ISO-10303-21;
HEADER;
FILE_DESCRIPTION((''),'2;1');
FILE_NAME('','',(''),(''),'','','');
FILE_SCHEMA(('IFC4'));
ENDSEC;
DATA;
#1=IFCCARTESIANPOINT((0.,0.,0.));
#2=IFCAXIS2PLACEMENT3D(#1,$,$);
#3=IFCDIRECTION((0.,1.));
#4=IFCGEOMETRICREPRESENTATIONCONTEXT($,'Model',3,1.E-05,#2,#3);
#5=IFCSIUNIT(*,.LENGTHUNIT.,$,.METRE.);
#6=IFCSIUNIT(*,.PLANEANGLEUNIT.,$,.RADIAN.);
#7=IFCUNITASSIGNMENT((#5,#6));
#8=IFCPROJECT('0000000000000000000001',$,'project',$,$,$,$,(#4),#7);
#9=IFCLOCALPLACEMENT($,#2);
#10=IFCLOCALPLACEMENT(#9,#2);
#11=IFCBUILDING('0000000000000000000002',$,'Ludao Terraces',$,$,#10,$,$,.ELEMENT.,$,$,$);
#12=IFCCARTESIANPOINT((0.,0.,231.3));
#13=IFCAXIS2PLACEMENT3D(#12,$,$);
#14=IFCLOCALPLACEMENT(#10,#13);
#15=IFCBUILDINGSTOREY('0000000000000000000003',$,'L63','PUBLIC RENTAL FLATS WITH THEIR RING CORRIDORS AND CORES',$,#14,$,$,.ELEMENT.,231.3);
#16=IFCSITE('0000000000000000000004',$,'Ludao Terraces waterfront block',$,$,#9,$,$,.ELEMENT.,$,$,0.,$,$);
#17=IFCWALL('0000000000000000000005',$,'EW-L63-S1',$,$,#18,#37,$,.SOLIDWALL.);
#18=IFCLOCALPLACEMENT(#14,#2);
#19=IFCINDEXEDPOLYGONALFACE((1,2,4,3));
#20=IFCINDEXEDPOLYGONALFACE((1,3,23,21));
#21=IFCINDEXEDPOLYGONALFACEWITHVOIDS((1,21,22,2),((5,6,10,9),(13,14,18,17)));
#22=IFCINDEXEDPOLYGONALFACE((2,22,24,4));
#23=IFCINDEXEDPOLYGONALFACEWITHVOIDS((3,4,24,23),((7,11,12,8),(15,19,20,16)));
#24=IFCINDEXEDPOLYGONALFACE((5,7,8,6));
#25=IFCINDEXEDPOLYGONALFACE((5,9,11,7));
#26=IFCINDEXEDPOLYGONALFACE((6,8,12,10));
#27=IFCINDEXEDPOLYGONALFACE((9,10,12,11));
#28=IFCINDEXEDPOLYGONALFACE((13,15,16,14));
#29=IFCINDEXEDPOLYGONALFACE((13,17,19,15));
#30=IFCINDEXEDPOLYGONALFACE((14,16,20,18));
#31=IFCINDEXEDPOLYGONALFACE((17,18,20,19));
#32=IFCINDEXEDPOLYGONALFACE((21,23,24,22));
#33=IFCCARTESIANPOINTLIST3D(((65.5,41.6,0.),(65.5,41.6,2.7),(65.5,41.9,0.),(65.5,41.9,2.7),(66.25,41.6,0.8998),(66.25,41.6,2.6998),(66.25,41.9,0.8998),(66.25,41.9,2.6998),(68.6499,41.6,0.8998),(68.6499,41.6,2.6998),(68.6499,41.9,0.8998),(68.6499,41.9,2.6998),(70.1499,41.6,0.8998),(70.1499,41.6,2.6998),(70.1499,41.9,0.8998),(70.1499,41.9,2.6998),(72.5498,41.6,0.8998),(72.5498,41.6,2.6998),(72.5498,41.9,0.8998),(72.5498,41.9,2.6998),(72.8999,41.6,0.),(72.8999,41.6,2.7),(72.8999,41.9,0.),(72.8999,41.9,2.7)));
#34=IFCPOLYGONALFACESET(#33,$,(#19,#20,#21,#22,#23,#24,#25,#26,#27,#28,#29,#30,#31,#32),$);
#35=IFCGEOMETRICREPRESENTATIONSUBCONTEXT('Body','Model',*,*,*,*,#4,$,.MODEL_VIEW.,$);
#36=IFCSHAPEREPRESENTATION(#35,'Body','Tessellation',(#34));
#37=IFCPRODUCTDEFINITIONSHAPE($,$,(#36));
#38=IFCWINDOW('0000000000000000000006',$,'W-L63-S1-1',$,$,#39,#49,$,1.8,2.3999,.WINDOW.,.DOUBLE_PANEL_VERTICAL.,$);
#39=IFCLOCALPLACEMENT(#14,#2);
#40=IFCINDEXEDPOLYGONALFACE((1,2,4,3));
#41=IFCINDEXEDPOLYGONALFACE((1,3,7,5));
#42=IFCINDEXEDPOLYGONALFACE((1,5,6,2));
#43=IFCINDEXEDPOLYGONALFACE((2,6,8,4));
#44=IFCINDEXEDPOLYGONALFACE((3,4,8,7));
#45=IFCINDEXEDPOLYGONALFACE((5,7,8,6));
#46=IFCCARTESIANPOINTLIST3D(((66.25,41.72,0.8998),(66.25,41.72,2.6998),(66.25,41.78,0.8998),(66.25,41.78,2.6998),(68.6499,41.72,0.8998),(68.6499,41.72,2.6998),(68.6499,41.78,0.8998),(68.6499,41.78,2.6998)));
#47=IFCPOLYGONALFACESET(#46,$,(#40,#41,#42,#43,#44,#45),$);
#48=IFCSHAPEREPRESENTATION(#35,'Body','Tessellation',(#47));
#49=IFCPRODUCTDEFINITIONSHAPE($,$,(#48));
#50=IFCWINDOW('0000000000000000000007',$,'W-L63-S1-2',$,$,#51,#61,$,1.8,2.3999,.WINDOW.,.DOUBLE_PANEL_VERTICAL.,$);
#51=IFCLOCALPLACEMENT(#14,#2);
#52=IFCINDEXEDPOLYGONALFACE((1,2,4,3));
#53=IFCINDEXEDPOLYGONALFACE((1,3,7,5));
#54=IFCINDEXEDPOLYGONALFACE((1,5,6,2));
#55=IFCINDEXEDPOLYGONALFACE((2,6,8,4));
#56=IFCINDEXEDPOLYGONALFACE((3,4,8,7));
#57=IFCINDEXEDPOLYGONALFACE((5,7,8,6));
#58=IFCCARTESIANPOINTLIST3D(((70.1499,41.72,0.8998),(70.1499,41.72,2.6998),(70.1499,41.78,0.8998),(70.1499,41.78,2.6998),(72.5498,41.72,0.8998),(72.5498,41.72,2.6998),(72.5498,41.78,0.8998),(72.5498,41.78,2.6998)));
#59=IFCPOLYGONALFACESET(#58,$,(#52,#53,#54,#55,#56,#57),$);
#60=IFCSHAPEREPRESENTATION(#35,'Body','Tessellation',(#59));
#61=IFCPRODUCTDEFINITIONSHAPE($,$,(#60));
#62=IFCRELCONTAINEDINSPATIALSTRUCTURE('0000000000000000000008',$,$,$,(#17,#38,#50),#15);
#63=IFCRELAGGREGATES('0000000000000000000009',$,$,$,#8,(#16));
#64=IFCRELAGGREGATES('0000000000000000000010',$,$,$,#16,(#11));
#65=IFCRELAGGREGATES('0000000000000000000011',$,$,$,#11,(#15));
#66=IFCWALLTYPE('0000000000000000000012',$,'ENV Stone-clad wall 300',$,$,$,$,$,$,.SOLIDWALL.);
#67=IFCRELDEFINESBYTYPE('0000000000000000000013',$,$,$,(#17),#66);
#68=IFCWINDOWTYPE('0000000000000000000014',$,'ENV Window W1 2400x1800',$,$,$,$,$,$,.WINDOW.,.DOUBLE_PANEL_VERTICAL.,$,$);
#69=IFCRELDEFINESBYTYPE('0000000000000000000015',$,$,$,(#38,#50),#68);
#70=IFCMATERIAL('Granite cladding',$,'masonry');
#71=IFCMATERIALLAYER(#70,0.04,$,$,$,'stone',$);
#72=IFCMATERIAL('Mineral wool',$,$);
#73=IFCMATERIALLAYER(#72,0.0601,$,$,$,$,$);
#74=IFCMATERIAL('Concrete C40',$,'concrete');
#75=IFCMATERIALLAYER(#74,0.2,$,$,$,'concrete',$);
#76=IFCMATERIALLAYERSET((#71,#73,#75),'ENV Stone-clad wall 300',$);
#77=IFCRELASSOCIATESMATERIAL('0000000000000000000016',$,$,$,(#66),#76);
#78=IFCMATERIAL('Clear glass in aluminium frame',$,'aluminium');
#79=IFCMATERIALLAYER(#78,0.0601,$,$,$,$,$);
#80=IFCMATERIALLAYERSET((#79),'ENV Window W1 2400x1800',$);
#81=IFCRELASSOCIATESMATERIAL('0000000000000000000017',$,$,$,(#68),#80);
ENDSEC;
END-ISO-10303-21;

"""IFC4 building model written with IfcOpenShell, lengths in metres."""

from ifc_helpers import new_model, si_unit, direction, frame, frame_2d, origin, place, context, subcontext, project, spatial, rectangle, extrude, material, layer, layer_set, type_object, element, fill, save


model = new_model("IFC4")

# Units and contexts
model_context = context("Model", 3, precision=1e-05, world=origin(), true_north=direction((0.0, 1.0)))
body_context = subcontext(model_context, "Body", "Model", "MODEL_VIEW")
ifc_project = project(units=[si_unit("LENGTHUNIT", "METRE"), si_unit("PLANEANGLEUNIT", "RADIAN")], contexts=[model_context])

# Site, building, storey
site_placement = place(None, origin())
site = spatial("IfcSite", under=ifc_project, at=site_placement, Name="Ludao Terraces waterfront block", CompositionType="ELEMENT", RefElevation=0.0)
building_placement = place(site_placement, origin())
building = spatial("IfcBuilding", under=site, at=building_placement, Name="Ludao Terraces", CompositionType="ELEMENT")
storey_placement = place(building_placement, frame((0.0, 0.0, 231.3)))
storey = spatial("IfcBuildingStorey", under=building, at=storey_placement, Name="L63", Description="PUBLIC RENTAL FLATS WITH THEIR RING CORRIDORS AND CORES", CompositionType="ELEMENT", Elevation=231.3)

# Wall, openings, windows
ifc_material_1 = material(Name="Granite cladding", Category="masonry")
ifc_layer_1 = layer(ifc_material_1, 0.04, Category="stone")
ifc_material_2 = material(Name="Mineral wool")
ifc_layer_2 = layer(ifc_material_2, 0.0601)
ifc_material_3 = material(Name="Concrete C40", Category="concrete")
ifc_layer_3 = layer(ifc_material_3, 0.2, Category="concrete")
ifc_layer_set_1 = layer_set([ifc_layer_1, ifc_layer_2, ifc_layer_3], Name="ENV Stone-clad wall 300")
wall_type = type_object("IfcWallType", Name="ENV Stone-clad wall 300", PredefinedType="SOLIDWALL", material=ifc_layer_set_1)
wall_placement = place(storey_placement, frame((65.5, 41.75, 0.0), z_axis=(0.0, 0.0, 1.0), x_axis=(1.0, 0.0, 0.0)))
wall = element("IfcWall", 1, at=wall_placement, inside=storey, type_object=wall_type, Name="EW-L63-S1", PredefinedType="SOLIDWALL", context=body_context, shape_type="SweptSolid", body=[
    extrude(rectangle(XDim=7.3999, YDim=0.3, at=frame_2d((3.7, 0.0))), origin(), (0.0, 0.0, 1.0), 2.7),
])
opening_1_placement = place(wall_placement, frame((0.75, 0.0, 0.8999)))
opening_1 = element("IfcOpeningElement", 2, at=opening_1_placement, cuts=wall, PredefinedType="OPENING", context=body_context, shape_type="SweptSolid", body=[
    extrude(rectangle(XDim=2.3999, YDim=1.8, at=frame_2d((1.2, 0.8999))), frame((0.0, 0.1602, 0.0), z_axis=(0.0, -1.0, 0.0), x_axis=(1.0, 0.0, 0.0)), (0.0, 0.0, 1.0), 0.3201),
])
opening_2_placement = place(wall_placement, frame((4.6499, 0.0, 0.8999)))
opening_2 = element("IfcOpeningElement", 3, at=opening_2_placement, cuts=wall, PredefinedType="OPENING", context=body_context, shape_type="SweptSolid", body=[
    extrude(rectangle(XDim=2.3999, YDim=1.8, at=frame_2d((1.2, 0.8999))), frame((0.0, 0.1602, 0.0), z_axis=(0.0, -1.0, 0.0), x_axis=(1.0, 0.0, 0.0)), (0.0, 0.0, 1.0), 0.3201),
])
ifc_material_4 = material(Name="Clear glass in aluminium frame", Category="aluminium")
ifc_layer_4 = layer(ifc_material_4, 0.0601)
ifc_layer_set_2 = layer_set([ifc_layer_4], Name="ENV Window W1 2400x1800")
window_type = type_object("IfcWindowType", Name="ENV Window W1 2400x1800", PartitioningType="DOUBLE_PANEL_VERTICAL", PredefinedType="WINDOW", material=ifc_layer_set_2)
window_1_placement = place(opening_1_placement, origin())
window_1 = element("IfcWindow", 4, at=window_1_placement, inside=storey, type_object=window_type, Name="W-L63-S1-1", OverallHeight=1.8, OverallWidth=2.3999, PartitioningType="DOUBLE_PANEL_VERTICAL", PredefinedType="WINDOW", context=body_context, shape_type="SweptSolid", body=[
    extrude(rectangle(XDim=2.3999, YDim=1.8, at=frame_2d((1.2, 0.8999))), frame((0.0, 0.03, 0.0), z_axis=(0.0, -1.0, 0.0), x_axis=(1.0, 0.0, 0.0)), (0.0, 0.0, 1.0), 0.0601),
])
fill(opening_1, window_1)
window_2_placement = place(opening_2_placement, origin())
window_2 = element("IfcWindow", 5, at=window_2_placement, inside=storey, type_object=window_type, Name="W-L63-S1-2", OverallHeight=1.8, OverallWidth=2.3999, PartitioningType="DOUBLE_PANEL_VERTICAL", PredefinedType="WINDOW", context=body_context, shape_type="SweptSolid", body=[
    extrude(rectangle(XDim=2.3999, YDim=1.8, at=frame_2d((1.2, 0.8999))), frame((0.0, 0.03, 0.0), z_axis=(0.0, -1.0, 0.0), x_axis=(1.0, 0.0, 0.0)), (0.0, 0.0, 1.0), 0.0601),
])
fill(opening_2, window_2)

save(model, "model.ifc")
